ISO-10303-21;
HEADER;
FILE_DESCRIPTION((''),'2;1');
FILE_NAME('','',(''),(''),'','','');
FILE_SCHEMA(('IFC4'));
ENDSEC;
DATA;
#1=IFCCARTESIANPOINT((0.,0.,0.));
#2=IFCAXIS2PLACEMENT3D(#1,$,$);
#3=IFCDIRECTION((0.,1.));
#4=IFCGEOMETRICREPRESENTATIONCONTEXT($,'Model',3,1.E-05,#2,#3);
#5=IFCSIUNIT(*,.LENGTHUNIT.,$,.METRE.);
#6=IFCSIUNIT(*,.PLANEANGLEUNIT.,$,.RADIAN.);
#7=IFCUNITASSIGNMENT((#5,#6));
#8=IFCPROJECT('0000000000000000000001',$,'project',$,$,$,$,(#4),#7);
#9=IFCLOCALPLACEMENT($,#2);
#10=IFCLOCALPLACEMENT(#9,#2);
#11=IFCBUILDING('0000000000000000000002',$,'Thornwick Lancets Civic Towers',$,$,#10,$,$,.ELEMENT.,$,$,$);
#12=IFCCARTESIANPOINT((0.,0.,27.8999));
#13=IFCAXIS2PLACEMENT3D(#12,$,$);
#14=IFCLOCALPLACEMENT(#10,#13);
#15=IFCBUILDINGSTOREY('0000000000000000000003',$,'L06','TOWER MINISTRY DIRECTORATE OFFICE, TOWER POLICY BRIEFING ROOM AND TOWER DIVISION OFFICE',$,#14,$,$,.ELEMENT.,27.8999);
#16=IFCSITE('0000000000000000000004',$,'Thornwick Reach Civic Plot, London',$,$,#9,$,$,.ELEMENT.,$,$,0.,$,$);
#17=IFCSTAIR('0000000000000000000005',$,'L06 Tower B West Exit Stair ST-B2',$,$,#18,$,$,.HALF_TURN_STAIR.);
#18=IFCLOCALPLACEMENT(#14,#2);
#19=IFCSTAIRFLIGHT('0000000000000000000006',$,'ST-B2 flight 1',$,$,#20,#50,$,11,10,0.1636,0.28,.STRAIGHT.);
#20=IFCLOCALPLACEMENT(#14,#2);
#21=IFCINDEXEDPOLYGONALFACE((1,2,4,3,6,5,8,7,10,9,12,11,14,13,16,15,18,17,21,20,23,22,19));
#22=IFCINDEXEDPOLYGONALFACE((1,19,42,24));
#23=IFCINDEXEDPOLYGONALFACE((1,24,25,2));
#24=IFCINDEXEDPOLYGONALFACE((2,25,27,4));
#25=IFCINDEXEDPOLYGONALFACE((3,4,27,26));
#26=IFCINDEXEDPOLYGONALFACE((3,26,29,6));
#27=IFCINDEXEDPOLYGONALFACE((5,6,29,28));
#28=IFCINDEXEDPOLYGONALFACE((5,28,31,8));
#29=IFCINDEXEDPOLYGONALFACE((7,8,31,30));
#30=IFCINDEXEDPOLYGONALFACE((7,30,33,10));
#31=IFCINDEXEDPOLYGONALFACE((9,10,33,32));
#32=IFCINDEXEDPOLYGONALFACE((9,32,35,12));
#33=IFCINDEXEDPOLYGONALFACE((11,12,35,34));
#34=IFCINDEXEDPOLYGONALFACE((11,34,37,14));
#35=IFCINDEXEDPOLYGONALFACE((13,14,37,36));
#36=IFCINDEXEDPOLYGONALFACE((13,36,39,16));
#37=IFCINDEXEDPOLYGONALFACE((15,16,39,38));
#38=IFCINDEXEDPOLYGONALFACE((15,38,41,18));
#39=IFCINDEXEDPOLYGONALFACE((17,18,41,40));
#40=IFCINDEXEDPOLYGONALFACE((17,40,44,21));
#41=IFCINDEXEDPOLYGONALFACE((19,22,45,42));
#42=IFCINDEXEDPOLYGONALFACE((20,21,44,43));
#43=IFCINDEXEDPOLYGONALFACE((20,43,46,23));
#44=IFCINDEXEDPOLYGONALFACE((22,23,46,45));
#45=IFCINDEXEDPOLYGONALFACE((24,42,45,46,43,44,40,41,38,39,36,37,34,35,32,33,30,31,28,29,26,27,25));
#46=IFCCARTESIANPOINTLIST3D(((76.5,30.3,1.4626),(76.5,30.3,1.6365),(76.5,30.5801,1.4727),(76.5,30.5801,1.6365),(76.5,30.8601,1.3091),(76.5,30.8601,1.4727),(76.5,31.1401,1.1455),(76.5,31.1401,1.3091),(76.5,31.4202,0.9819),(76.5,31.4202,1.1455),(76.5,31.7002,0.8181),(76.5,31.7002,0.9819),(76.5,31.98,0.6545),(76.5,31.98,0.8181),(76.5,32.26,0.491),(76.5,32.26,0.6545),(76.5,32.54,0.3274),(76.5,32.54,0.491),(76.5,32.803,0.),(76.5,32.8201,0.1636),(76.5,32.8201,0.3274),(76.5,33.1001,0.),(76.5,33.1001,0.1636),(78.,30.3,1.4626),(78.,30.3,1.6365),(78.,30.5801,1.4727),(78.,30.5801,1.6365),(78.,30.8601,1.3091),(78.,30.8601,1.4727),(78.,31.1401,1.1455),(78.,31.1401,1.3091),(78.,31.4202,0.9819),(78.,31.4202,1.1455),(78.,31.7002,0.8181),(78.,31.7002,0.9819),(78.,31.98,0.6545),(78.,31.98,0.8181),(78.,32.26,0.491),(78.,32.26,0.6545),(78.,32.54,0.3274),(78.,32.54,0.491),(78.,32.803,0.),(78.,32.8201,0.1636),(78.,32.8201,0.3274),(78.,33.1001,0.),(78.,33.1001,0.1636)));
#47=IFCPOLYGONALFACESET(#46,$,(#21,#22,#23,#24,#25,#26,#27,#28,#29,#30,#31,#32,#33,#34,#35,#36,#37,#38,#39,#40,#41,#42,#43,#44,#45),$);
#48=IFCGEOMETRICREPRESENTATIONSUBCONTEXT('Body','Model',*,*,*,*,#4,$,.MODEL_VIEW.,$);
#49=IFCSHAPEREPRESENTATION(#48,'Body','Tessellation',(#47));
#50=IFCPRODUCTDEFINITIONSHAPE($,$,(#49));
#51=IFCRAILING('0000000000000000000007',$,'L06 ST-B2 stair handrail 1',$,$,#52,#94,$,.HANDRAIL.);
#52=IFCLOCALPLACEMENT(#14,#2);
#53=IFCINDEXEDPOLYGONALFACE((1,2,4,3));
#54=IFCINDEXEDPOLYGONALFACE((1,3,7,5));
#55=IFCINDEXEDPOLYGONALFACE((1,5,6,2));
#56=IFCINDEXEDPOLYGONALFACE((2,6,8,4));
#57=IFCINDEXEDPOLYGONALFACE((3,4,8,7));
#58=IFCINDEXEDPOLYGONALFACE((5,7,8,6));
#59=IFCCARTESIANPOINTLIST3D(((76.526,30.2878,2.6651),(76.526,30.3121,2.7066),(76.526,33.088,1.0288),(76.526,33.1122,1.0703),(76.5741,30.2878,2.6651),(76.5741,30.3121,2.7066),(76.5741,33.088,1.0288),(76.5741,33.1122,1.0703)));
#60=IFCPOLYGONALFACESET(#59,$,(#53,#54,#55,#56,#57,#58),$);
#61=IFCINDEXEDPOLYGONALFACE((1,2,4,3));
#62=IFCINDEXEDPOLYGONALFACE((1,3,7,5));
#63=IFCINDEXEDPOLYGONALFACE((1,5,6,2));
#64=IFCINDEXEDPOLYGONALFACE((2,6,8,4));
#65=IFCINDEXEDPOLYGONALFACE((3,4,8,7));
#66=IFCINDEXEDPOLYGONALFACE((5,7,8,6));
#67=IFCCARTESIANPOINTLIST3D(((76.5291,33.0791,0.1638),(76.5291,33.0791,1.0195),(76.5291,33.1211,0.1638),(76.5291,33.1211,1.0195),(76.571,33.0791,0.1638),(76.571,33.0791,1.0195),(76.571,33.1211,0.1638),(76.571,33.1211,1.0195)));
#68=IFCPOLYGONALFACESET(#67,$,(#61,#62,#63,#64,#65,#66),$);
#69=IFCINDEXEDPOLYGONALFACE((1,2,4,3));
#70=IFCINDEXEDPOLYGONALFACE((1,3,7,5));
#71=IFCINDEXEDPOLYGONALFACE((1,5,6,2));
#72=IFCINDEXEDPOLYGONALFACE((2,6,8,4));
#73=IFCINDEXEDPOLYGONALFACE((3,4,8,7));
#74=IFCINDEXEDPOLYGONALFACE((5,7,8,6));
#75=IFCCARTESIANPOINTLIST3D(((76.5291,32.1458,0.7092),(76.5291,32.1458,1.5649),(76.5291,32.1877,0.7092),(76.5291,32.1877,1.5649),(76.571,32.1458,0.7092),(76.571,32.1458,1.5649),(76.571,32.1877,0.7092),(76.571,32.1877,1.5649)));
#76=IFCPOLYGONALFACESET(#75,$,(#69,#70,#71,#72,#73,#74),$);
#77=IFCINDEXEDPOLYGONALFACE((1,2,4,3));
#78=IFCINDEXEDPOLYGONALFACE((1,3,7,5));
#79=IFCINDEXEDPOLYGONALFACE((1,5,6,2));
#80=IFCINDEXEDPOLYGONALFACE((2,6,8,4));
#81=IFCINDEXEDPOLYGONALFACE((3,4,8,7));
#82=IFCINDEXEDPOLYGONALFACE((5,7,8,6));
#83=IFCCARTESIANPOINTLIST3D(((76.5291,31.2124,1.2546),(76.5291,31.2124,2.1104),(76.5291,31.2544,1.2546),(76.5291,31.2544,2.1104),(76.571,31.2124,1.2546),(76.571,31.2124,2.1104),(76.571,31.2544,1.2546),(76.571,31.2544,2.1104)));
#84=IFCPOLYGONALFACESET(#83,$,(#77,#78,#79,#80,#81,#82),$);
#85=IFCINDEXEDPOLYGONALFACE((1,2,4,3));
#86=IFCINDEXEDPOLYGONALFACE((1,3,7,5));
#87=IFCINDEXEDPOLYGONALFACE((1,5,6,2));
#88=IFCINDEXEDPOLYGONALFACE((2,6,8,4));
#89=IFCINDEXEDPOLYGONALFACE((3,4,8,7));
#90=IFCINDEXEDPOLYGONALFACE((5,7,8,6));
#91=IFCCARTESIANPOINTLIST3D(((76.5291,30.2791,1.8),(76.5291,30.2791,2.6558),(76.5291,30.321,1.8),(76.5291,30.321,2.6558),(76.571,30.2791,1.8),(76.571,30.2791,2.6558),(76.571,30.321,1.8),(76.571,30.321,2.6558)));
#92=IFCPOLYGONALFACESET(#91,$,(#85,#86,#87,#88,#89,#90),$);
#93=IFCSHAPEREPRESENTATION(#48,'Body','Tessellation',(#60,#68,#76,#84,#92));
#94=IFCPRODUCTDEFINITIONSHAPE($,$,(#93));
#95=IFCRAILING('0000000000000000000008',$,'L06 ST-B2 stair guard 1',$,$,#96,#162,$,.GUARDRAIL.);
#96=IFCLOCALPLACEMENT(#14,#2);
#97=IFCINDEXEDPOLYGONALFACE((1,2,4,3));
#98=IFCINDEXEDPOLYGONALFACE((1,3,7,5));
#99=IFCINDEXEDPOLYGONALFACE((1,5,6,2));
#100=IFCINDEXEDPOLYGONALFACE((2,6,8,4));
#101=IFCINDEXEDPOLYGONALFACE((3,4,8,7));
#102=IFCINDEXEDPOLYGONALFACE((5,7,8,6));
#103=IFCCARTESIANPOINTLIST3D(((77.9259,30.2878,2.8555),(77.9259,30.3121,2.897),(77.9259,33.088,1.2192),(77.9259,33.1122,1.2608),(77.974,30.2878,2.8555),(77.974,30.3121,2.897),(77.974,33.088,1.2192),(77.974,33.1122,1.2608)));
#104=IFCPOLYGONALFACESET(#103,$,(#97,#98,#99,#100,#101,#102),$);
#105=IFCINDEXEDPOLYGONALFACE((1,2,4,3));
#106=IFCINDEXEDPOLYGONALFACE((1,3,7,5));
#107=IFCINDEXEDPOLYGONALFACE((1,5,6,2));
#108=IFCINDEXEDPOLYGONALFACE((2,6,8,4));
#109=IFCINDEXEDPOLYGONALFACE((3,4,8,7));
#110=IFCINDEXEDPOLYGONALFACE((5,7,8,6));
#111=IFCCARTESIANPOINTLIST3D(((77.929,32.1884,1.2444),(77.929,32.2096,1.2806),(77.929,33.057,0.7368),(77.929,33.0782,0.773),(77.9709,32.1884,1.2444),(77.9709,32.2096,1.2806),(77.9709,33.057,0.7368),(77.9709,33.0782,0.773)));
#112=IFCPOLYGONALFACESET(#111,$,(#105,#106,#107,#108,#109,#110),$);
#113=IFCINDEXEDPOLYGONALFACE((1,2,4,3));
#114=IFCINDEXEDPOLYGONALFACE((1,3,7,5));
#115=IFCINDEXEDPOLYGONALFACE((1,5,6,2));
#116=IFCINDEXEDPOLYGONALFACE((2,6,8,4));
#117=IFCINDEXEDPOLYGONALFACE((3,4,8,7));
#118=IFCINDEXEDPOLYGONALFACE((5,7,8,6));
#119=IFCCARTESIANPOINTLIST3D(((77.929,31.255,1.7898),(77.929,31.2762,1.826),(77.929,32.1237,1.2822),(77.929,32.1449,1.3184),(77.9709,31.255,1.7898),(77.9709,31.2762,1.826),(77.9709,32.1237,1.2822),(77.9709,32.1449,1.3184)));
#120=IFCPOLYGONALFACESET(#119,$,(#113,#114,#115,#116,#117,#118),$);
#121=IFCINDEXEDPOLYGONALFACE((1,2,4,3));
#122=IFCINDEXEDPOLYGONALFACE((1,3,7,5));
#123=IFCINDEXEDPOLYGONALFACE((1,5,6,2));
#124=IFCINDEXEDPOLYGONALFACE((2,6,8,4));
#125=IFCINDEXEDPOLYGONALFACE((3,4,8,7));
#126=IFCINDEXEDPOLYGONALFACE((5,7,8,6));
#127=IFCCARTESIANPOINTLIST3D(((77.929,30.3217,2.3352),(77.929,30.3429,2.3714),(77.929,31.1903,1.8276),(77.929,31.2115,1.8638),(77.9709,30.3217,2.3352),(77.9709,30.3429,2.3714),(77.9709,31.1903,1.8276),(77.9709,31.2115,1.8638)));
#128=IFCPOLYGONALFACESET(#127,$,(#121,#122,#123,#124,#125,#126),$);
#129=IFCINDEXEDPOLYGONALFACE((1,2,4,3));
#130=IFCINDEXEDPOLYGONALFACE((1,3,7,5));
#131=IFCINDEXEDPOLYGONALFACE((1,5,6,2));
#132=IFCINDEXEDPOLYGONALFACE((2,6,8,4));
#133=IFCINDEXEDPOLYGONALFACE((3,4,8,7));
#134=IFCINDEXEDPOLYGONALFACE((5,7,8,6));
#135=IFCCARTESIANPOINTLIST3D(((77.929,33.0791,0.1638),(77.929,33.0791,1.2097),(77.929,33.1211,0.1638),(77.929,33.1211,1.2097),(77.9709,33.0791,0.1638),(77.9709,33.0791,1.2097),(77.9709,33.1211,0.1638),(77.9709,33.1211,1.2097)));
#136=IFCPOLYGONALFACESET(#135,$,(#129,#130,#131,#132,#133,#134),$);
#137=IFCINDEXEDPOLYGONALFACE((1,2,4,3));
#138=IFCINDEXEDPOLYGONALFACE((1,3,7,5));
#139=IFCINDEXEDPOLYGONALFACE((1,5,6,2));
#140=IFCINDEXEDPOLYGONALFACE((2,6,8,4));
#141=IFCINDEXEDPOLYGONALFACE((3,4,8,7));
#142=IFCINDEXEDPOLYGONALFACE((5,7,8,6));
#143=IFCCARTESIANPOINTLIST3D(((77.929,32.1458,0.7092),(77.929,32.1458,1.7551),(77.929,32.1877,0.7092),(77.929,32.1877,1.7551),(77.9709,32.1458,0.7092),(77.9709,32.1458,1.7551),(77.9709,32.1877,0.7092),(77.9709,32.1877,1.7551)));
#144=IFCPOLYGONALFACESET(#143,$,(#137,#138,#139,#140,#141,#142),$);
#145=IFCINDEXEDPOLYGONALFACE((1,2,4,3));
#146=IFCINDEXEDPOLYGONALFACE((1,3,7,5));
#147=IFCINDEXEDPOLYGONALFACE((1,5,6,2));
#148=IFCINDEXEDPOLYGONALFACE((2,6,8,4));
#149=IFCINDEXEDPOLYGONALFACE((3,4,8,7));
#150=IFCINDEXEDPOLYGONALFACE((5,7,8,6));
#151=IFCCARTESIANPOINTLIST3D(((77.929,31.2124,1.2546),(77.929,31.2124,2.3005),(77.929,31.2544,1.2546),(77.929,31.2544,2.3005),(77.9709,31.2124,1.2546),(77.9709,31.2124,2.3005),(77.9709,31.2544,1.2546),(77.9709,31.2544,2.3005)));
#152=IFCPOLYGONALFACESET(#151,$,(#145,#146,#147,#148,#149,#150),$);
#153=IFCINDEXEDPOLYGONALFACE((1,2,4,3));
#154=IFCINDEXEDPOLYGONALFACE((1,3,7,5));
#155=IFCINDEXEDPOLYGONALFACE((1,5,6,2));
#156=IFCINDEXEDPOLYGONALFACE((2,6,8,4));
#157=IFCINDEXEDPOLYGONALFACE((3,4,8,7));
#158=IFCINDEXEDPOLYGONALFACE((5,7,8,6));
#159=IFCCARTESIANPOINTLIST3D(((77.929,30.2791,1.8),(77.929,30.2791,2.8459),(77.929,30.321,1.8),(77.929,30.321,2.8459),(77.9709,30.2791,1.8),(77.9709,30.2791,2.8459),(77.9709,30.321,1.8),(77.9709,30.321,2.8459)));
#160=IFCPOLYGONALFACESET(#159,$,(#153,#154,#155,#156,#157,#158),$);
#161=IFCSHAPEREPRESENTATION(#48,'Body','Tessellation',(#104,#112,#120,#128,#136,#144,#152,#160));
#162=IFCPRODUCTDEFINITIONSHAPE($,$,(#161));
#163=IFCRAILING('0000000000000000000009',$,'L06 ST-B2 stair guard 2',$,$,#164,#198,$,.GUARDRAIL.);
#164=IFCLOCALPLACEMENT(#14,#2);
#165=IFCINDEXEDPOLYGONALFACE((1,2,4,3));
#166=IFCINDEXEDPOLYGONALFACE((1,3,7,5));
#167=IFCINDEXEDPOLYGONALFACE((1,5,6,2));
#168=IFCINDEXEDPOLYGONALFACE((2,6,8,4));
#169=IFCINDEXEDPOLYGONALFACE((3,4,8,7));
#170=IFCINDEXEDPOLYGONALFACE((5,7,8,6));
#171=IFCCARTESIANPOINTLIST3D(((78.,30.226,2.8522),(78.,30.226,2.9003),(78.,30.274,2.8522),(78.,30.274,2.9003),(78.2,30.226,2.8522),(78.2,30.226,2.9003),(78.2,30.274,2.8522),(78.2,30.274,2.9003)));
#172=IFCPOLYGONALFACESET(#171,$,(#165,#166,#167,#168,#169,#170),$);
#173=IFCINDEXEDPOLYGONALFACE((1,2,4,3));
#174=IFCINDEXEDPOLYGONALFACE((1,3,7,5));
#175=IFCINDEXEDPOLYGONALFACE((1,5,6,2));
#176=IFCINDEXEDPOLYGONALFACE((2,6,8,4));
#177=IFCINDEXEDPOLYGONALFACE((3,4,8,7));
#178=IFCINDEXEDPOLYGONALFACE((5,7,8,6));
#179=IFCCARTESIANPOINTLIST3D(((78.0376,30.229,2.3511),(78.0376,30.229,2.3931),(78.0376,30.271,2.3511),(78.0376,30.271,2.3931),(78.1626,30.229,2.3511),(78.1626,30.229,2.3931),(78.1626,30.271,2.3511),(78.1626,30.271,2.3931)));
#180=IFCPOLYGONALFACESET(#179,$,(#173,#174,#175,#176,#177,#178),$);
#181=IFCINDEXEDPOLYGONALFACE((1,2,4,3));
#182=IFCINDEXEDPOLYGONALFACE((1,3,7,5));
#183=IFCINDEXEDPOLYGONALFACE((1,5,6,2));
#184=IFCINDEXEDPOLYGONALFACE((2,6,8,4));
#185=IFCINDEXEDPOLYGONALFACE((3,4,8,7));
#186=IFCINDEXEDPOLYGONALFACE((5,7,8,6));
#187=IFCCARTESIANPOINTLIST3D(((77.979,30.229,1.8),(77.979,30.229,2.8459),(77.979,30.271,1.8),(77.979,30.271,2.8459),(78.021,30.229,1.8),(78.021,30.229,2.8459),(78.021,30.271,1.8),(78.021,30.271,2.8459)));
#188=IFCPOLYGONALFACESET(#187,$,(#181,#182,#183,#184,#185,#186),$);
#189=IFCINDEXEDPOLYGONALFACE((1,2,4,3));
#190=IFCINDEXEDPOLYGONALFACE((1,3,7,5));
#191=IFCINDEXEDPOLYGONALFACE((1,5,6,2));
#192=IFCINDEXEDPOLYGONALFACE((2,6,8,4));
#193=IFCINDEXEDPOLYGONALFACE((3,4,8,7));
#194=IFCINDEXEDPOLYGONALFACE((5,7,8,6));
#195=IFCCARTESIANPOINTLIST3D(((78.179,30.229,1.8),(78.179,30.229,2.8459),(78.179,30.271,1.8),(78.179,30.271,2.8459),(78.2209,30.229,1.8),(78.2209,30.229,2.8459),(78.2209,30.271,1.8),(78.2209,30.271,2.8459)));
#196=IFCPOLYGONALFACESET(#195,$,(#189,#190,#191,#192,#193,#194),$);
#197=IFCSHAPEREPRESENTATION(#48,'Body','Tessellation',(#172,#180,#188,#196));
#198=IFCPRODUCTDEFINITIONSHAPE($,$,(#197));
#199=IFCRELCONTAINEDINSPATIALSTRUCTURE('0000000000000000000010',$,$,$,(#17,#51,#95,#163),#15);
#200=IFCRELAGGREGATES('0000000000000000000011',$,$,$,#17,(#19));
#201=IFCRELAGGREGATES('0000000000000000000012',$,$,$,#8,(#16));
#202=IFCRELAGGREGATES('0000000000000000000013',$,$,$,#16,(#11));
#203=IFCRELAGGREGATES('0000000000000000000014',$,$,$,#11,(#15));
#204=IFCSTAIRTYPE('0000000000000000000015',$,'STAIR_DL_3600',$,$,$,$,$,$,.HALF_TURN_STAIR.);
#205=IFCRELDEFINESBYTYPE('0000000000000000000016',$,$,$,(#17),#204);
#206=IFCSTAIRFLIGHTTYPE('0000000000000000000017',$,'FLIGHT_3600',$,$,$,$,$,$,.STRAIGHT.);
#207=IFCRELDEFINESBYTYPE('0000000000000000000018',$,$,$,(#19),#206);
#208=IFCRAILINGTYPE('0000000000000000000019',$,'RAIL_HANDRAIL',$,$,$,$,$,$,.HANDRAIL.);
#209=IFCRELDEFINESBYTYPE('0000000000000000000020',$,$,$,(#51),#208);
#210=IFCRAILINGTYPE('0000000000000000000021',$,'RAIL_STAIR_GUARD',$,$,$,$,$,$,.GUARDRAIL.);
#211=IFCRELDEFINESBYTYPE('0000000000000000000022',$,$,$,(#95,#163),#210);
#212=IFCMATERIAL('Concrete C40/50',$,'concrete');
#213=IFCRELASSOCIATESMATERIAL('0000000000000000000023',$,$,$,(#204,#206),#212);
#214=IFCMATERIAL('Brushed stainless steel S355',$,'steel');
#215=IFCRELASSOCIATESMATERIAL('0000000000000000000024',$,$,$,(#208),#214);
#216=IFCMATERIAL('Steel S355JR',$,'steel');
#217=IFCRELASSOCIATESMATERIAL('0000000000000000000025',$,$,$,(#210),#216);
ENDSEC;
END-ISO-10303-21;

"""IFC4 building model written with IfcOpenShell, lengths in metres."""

from ifc_helpers import new_model, si_unit, direction, frame, origin, origin_2d, place, context, subcontext, project, spatial, polyline, rectangle, outline, extrude, material, type_object, element, aggregate, save


model = new_model("IFC4")

# Units and contexts
model_context = context("Model", 3, precision=1e-05, world=origin(), true_north=direction((0.0, 1.0)))
body_context = subcontext(model_context, "Body", "Model", "MODEL_VIEW")
ifc_project = project(units=[si_unit("LENGTHUNIT", "METRE"), si_unit("PLANEANGLEUNIT", "RADIAN")], contexts=[model_context])

# Site, building, storey
site_placement = place(None, origin())
site = spatial("IfcSite", under=ifc_project, at=site_placement, Name="Thornwick Reach Civic Plot, London", CompositionType="ELEMENT", RefElevation=0.0)
building_placement = place(site_placement, origin())
building = spatial("IfcBuilding", under=site, at=building_placement, Name="Thornwick Lancets Civic Towers", CompositionType="ELEMENT")
storey_placement = place(building_placement, frame((0.0, 0.0, 27.8999)))
storey = spatial("IfcBuildingStorey", under=building, at=storey_placement, Name="L06", Description="TOWER MINISTRY DIRECTORATE OFFICE, TOWER POLICY BRIEFING ROOM AND TOWER DIVISION OFFICE", CompositionType="ELEMENT", Elevation=27.8999)

# Shared definitions
ifc_material_1 = material(Name="Steel S355JR", Category="steel")
ifc_material_2 = material(Name="Concrete C40/50", Category="concrete")

# Stair, stair flight
stair_type = type_object("IfcStairType", Name="STAIR_DL_3600", PredefinedType="HALF_TURN_STAIR", material=ifc_material_2)
stair_placement = place(storey_placement, origin())
stair = element("IfcStair", 1, at=stair_placement, inside=storey, type_object=stair_type, Name="L06 Tower B West Exit Stair ST-B2", PredefinedType="HALF_TURN_STAIR")
stair_flight_type = type_object("IfcStairFlightType", Name="FLIGHT_3600", PredefinedType="STRAIGHT", material=ifc_material_2)
stair_flight_placement = place(storey_placement, frame((77.25, 33.1001, 0.0), z_axis=(0.0, 0.0, 1.0), x_axis=(0.0, -1.0, 0.0)))
stair_flight = element("IfcStairFlight", 2, at=stair_flight_placement, type_object=stair_flight_type, Name="ST-B2 flight 1", NumberOfRisers=11, NumberOfTreads=10, PredefinedType="STRAIGHT", RiserHeight=0.1636, TreadLength=0.28, context=body_context, shape_type="SweptSolid", body=[
    extrude(outline(polyline([(0.0, 0.0), (0.0, 0.1636), (0.28, 0.1636), (0.28, 0.3274), (0.5601, 0.3274), (0.5601, 0.491), (0.8401, 0.491), (0.8401, 0.6545), (1.1201, 0.6545), (1.1201, 0.8181), (1.3999, 0.8181), (1.3999, 0.9819), (1.6799, 0.9819), (1.6799, 1.1455), (1.96, 1.1455), (1.96, 1.3091), (2.24, 1.3091), (2.24, 1.4727), (2.52, 1.4727), (2.52, 1.6365), (2.8, 1.6365), (2.8, 1.8), (2.8, 1.4626), (0.2971, 0.0), (0.0, 0.0)])), frame((0.0, 0.75, 0.0), z_axis=(0.0, -1.0, 0.0), x_axis=(1.0, 0.0, 0.0)), (0.0, 0.0, 1.0), 1.5),
])
aggregate(stair, [stair_flight])

# Railings
ifc_material_3 = material(Name="Brushed stainless steel S355", Category="steel")
railing_type_1 = type_object("IfcRailingType", Name="RAIL_HANDRAIL", PredefinedType="HANDRAIL", material=ifc_material_3)
railing_1_placement = place(storey_placement, frame((76.55, 33.1001, 0.1638)))
element("IfcRailing", 3, at=railing_1_placement, inside=storey, type_object=railing_type_1, Name="L06 ST-B2 stair handrail 1", PredefinedType="HANDRAIL", context=body_context, shape_type="SweptSolid", body=[
    extrude(rectangle(XDim=0.0481, YDim=0.0481, at=origin_2d()), frame((0.0, 0.0, 0.8857), z_axis=(0.0, -0.863394, 0.504531), x_axis=(1.0, 0.0, 0.0)), (0.0, 0.0, 1.0), 3.2432),
    extrude(rectangle(XDim=0.042, YDim=0.042, at=origin_2d()), origin(), (0.0, 0.0, 1.0), 0.8557),
    extrude(rectangle(XDim=0.042, YDim=0.042, at=origin_2d()), frame((0.0, -0.9333, 0.5454)), (0.0, 0.0, 1.0), 0.8557),
    extrude(rectangle(XDim=0.042, YDim=0.042, at=origin_2d()), frame((0.0, -1.8667, 1.0908)), (0.0, 0.0, 1.0), 0.8557),
    extrude(rectangle(XDim=0.042, YDim=0.042, at=origin_2d()), frame((0.0, -2.8, 1.6362)), (0.0, 0.0, 1.0), 0.8557),
])
railing_type_2 = type_object("IfcRailingType", Name="RAIL_STAIR_GUARD", PredefinedType="GUARDRAIL", material=ifc_material_1)
railing_2_placement = place(storey_placement, frame((77.95, 33.1001, 0.1638)))
element("IfcRailing", 4, at=railing_2_placement, inside=storey, type_object=railing_type_2, Name="L06 ST-B2 stair guard 1", PredefinedType="GUARDRAIL", context=body_context, shape_type="SweptSolid", body=[
    extrude(rectangle(XDim=0.0481, YDim=0.0481, at=origin_2d()), frame((0.0, 0.0, 1.0762), z_axis=(0.0, -0.863394, 0.504531), x_axis=(1.0, 0.0, 0.0)), (0.0, 0.0, 1.0), 3.2432),
    extrude(rectangle(XDim=0.042, YDim=0.042, at=origin_2d()), frame((0.0, -0.0325, 0.5911), z_axis=(0.0, -0.863394, 0.504531), x_axis=(1.0, 0.0, 0.0)), (0.0, 0.0, 1.0), 1.0061),
    extrude(rectangle(XDim=0.042, YDim=0.042, at=origin_2d()), frame((0.0, -0.9658, 1.1365), z_axis=(0.0, -0.863394, 0.504531), x_axis=(1.0, 0.0, 0.0)), (0.0, 0.0, 1.0), 1.0061),
    extrude(rectangle(XDim=0.042, YDim=0.042, at=origin_2d()), frame((0.0, -1.8992, 1.6819), z_axis=(0.0, -0.863394, 0.504531), x_axis=(1.0, 0.0, 0.0)), (0.0, 0.0, 1.0), 1.0061),
    extrude(rectangle(XDim=0.042, YDim=0.042, at=origin_2d()), origin(), (0.0, 0.0, 1.0), 1.0459),
    extrude(rectangle(XDim=0.042, YDim=0.042, at=origin_2d()), frame((0.0, -0.9333, 0.5454)), (0.0, 0.0, 1.0), 1.0459),
    extrude(rectangle(XDim=0.042, YDim=0.042, at=origin_2d()), frame((0.0, -1.8667, 1.0908)), (0.0, 0.0, 1.0), 1.0459),
    extrude(rectangle(XDim=0.042, YDim=0.042, at=origin_2d()), frame((0.0, -2.8, 1.6362)), (0.0, 0.0, 1.0), 1.0459),
])
railing_3_placement = place(storey_placement, frame((78.0, 30.25, 1.8)))
element("IfcRailing", 5, at=railing_3_placement, inside=storey, type_object=railing_type_2, Name="L06 ST-B2 stair guard 2", PredefinedType="GUARDRAIL", context=body_context, shape_type="SweptSolid", body=[
    extrude(rectangle(XDim=0.0481, YDim=0.0481, at=origin_2d()), frame((0.0, 0.0, 1.0762), z_axis=(1.0, 0.0, 0.0), x_axis=(0.0, 1.0, 0.0)), (0.0, 0.0, 1.0), 0.2),
    extrude(rectangle(XDim=0.042, YDim=0.042, at=origin_2d()), frame((0.0376, 0.0, 0.572), z_axis=(1.0, 0.0, 0.0), x_axis=(0.0, 1.0, 0.0)), (0.0, 0.0, 1.0), 0.125),
    extrude(rectangle(XDim=0.042, YDim=0.042, at=origin_2d()), origin(), (0.0, 0.0, 1.0), 1.0459),
    extrude(rectangle(XDim=0.042, YDim=0.042, at=origin_2d()), frame((0.2, 0.0, 0.0)), (0.0, 0.0, 1.0), 1.0459),
])

save(model, "model.ifc")
